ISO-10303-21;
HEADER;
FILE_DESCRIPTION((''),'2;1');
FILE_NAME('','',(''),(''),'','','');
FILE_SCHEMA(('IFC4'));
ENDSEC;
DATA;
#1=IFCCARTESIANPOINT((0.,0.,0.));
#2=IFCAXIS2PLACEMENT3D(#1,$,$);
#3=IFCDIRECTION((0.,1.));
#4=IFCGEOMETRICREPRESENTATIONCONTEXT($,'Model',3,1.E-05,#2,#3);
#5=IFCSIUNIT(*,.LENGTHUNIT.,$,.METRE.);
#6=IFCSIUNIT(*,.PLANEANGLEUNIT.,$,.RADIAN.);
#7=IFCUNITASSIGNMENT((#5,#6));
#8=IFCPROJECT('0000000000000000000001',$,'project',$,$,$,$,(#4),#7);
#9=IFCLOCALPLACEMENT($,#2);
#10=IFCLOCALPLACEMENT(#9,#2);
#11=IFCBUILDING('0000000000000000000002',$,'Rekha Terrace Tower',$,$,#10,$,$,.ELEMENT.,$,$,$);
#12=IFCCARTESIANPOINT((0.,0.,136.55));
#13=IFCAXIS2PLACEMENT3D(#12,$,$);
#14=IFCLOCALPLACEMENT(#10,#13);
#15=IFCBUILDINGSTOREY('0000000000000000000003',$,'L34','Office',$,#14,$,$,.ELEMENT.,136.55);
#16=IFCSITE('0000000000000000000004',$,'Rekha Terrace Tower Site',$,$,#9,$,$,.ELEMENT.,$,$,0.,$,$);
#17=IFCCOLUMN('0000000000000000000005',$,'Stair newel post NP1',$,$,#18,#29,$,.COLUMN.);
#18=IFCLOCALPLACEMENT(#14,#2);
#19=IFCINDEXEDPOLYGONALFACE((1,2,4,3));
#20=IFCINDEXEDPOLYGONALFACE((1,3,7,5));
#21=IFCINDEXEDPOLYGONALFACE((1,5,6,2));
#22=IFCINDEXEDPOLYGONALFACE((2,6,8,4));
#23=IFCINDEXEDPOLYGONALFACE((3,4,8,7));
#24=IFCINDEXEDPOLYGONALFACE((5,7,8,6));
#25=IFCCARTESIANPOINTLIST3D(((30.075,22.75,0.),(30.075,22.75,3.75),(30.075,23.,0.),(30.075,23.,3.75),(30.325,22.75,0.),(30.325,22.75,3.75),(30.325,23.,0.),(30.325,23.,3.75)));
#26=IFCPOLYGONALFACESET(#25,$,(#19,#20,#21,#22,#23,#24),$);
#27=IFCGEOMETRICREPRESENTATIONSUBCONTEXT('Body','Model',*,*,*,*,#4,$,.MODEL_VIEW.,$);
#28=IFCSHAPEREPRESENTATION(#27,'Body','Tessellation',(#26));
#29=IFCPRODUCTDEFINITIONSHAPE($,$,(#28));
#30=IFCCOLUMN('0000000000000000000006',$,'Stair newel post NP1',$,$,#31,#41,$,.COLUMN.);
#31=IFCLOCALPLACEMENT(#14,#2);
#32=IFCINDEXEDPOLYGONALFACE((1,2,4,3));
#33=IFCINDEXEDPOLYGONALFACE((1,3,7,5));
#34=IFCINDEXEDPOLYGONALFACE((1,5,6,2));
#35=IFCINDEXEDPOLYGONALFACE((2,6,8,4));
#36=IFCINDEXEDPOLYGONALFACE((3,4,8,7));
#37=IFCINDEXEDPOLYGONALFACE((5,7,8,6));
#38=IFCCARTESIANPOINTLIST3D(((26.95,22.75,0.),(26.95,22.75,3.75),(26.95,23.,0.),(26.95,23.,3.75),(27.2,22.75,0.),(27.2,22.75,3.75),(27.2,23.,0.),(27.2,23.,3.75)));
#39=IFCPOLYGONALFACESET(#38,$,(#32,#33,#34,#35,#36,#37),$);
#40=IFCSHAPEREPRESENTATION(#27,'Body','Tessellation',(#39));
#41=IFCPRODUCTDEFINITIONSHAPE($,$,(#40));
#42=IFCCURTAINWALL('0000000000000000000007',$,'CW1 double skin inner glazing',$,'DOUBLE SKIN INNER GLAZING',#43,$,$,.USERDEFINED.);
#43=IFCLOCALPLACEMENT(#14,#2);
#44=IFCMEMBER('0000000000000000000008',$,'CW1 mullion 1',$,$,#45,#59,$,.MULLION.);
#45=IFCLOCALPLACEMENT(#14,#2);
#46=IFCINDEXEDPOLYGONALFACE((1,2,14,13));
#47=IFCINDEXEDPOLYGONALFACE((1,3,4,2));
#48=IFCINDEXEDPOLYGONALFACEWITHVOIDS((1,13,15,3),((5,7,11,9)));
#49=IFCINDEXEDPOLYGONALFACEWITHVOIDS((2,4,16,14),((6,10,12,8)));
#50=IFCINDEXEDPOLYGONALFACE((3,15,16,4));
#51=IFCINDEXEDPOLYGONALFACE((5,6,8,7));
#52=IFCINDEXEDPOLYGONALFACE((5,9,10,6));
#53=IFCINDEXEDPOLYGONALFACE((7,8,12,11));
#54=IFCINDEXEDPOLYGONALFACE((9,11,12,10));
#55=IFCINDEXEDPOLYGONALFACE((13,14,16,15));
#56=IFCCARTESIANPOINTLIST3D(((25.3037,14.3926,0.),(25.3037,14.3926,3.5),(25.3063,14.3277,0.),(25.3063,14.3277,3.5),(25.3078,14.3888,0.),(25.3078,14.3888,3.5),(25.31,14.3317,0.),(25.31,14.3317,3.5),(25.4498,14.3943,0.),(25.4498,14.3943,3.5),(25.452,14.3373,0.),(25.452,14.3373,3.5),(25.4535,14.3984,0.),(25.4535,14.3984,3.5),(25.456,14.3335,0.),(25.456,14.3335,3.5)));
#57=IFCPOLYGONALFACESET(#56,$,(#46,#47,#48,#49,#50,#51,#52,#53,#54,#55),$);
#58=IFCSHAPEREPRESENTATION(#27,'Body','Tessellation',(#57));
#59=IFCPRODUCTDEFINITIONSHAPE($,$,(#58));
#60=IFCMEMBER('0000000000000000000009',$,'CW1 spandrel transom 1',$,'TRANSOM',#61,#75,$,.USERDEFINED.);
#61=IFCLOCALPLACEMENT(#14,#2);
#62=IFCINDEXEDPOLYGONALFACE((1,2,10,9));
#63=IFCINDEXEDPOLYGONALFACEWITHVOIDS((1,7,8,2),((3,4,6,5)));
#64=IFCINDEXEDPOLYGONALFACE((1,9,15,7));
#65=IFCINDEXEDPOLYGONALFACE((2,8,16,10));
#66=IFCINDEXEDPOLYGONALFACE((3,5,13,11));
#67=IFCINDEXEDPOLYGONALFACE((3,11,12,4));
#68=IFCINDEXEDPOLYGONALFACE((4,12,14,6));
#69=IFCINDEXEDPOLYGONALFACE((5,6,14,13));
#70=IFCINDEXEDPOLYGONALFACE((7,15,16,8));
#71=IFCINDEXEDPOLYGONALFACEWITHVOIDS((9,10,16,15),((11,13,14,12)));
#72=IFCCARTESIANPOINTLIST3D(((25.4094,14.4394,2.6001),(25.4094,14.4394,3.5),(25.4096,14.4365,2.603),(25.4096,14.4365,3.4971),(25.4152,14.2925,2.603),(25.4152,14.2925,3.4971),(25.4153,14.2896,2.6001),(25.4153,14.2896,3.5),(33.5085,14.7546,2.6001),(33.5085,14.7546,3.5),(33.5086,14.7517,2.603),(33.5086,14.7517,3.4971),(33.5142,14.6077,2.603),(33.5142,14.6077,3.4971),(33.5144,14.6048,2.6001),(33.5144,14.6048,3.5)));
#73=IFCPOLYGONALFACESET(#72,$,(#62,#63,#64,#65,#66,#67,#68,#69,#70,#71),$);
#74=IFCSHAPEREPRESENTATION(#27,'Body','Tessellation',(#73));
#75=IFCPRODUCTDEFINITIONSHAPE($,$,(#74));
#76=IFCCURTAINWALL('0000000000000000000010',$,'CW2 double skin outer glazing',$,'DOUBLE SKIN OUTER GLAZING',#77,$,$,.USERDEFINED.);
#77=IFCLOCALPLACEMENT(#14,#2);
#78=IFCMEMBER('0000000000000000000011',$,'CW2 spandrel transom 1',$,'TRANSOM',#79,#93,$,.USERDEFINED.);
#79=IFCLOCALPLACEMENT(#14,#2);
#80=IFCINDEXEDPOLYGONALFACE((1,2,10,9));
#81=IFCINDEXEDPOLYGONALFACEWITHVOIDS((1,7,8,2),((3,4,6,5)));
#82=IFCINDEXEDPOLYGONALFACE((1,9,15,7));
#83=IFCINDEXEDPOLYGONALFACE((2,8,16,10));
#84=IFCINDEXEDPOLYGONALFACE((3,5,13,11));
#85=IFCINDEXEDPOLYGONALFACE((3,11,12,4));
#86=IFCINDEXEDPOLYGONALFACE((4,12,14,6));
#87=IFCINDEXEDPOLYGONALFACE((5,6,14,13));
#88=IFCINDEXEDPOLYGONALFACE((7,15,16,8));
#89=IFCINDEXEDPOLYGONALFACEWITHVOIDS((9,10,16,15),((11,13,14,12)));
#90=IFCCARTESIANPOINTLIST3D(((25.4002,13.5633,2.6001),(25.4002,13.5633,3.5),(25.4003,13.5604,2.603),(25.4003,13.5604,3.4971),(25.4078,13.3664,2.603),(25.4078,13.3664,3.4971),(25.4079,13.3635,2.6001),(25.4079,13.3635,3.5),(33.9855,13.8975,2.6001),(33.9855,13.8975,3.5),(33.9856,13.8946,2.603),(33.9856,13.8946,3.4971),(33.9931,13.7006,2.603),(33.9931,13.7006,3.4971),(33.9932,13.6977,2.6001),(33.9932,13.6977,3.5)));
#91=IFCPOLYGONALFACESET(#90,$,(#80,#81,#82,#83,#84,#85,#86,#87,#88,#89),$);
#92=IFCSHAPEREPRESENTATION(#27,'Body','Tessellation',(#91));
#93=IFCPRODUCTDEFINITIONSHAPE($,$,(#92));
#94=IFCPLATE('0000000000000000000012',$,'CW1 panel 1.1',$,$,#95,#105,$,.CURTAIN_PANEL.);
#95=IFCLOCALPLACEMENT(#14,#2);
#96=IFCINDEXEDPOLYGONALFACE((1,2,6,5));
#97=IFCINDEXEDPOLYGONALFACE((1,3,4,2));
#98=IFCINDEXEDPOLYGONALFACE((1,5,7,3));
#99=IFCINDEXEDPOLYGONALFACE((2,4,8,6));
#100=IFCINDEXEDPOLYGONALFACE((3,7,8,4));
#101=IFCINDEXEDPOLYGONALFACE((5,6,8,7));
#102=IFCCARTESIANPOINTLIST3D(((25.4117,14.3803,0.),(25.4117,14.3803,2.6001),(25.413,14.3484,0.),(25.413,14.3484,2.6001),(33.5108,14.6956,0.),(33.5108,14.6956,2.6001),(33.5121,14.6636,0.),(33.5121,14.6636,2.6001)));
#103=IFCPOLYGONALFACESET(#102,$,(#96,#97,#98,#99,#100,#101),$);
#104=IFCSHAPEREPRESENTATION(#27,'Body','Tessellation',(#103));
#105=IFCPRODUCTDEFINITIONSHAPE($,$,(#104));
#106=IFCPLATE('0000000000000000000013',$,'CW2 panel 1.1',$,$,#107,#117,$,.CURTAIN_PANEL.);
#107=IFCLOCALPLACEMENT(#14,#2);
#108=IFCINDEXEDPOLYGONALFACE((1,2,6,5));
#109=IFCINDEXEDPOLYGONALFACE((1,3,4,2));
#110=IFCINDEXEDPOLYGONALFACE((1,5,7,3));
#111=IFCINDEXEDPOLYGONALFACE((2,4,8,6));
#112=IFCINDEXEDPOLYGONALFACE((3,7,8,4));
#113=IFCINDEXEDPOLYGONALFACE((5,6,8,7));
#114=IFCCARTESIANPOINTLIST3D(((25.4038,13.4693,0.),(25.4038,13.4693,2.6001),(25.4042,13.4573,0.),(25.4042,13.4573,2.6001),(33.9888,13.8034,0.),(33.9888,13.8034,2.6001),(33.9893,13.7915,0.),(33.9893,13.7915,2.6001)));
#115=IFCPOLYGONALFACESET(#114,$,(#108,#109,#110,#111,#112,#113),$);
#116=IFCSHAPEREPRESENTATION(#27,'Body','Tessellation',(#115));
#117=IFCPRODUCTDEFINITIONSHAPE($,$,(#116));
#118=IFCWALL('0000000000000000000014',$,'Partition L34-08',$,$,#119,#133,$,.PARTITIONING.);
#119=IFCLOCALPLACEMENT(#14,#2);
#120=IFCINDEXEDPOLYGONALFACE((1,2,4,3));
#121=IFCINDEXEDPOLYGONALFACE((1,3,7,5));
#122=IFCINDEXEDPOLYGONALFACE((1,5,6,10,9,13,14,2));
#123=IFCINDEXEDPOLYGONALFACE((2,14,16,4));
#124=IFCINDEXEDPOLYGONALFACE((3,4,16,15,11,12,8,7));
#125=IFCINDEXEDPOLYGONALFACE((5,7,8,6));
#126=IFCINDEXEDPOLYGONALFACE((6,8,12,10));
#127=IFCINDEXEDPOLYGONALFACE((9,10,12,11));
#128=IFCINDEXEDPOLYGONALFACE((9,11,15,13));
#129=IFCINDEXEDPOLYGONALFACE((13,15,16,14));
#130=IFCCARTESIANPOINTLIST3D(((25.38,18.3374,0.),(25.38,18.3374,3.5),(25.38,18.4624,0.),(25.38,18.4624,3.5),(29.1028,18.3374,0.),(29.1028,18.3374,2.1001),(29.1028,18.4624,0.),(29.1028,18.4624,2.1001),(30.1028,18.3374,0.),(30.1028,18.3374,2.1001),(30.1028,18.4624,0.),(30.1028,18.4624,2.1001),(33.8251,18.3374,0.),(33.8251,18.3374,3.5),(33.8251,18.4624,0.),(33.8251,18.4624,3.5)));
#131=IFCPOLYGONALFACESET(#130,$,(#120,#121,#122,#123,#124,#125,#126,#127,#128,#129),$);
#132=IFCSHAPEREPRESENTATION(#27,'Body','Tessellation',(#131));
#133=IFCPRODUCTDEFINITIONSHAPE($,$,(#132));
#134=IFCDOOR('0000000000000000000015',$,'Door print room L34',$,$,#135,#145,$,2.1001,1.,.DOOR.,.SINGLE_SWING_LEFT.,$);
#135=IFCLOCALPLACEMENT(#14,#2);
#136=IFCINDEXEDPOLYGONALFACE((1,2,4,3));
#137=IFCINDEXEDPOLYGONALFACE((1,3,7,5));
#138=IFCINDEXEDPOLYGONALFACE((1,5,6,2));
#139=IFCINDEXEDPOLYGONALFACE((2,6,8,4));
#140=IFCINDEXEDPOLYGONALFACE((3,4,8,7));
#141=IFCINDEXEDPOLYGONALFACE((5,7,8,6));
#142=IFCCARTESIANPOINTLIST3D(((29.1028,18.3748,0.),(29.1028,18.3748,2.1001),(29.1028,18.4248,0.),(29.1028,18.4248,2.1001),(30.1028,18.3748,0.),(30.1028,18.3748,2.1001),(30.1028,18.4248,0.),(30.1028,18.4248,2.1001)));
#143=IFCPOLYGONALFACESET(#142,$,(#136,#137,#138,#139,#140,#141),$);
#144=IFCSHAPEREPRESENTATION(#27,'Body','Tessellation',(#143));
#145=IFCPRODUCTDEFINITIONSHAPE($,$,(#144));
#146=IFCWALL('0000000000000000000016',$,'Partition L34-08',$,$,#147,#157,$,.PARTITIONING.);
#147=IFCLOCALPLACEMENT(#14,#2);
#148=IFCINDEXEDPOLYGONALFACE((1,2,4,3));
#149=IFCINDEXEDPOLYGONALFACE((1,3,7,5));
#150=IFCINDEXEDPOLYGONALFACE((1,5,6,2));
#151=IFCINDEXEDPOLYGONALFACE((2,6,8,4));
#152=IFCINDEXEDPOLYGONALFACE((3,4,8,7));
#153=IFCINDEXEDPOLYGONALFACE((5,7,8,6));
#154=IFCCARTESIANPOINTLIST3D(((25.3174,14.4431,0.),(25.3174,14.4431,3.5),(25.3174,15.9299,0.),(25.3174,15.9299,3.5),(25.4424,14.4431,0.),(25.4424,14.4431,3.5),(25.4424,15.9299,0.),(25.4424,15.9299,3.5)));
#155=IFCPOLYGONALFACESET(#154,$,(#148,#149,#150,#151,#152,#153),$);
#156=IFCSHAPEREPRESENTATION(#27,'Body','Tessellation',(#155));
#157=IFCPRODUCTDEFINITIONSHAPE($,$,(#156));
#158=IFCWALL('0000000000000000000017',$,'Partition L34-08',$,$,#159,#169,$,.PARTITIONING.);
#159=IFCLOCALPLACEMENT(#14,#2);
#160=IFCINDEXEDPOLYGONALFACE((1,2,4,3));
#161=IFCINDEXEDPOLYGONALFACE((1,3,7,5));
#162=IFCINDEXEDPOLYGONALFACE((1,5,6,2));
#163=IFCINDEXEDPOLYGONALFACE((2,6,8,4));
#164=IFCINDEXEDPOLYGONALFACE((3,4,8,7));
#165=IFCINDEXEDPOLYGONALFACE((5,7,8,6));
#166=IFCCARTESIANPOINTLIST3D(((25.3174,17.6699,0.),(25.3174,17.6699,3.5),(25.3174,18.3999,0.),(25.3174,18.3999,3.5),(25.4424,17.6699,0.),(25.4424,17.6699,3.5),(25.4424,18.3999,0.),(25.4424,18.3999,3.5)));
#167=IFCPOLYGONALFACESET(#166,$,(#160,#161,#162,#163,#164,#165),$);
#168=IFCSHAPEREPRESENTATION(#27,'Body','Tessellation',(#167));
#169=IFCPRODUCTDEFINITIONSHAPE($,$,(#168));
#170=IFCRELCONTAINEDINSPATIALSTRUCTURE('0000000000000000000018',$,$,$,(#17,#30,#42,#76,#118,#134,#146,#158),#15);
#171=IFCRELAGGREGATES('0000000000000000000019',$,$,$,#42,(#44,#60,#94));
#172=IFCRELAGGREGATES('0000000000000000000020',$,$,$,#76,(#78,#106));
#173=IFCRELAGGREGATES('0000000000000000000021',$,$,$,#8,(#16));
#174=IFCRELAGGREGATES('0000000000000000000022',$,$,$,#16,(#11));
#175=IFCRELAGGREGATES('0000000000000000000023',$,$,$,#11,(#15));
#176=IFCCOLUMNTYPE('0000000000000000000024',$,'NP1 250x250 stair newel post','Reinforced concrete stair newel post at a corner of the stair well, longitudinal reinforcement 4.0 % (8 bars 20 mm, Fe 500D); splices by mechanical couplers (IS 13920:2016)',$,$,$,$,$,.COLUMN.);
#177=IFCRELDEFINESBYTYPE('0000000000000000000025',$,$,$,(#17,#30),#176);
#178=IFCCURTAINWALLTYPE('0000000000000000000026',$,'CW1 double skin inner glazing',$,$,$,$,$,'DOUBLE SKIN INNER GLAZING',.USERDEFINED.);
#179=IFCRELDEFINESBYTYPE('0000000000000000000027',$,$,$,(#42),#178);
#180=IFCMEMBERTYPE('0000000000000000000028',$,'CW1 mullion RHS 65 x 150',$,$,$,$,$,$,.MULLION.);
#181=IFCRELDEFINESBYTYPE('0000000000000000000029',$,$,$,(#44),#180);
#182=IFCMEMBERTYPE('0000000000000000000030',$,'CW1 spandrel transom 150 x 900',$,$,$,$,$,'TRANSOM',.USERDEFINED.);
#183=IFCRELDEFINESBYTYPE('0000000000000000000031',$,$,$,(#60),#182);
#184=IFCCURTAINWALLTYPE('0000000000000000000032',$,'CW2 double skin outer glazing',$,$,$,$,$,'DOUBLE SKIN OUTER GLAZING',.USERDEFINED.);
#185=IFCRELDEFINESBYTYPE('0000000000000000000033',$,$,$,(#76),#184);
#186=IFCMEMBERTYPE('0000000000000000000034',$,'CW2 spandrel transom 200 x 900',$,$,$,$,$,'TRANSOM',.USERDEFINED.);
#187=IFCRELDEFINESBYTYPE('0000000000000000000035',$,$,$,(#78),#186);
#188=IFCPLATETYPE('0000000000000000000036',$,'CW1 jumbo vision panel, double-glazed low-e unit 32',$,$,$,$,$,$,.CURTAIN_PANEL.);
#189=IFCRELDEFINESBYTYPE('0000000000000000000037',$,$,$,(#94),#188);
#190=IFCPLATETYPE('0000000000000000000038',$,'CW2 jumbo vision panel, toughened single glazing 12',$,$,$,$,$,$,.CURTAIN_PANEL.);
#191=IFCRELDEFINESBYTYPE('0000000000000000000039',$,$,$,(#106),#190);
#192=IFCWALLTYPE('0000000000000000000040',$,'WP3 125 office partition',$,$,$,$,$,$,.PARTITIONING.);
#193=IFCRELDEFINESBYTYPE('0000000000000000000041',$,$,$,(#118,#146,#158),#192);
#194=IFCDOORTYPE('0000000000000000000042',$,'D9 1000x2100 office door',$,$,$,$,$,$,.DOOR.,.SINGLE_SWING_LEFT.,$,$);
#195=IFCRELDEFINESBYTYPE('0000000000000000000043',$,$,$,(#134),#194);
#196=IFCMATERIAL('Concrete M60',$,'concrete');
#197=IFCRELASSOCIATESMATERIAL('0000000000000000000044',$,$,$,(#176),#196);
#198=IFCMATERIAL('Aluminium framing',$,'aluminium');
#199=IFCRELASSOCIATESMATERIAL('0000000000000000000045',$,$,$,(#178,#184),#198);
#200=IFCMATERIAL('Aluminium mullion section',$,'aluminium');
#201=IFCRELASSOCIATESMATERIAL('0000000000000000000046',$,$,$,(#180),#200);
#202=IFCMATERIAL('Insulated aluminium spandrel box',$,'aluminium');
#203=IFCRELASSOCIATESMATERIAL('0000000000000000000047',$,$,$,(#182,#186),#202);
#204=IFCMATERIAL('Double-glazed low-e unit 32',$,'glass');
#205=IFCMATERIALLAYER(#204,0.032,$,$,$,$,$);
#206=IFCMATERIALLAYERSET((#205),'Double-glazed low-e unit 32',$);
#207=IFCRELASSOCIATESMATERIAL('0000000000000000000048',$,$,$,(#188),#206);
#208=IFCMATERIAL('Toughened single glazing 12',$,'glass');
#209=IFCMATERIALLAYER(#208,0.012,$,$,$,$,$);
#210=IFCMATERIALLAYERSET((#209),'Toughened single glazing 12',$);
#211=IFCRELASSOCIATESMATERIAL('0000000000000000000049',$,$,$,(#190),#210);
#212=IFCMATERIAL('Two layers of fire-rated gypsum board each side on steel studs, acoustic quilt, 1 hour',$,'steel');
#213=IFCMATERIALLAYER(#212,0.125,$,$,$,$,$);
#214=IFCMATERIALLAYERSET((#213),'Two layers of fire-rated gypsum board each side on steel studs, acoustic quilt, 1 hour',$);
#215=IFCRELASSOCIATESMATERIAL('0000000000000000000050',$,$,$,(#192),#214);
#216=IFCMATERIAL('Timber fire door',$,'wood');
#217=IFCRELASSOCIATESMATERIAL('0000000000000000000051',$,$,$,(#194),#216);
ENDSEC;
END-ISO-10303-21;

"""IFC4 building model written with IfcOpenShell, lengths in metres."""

from ifc_helpers import new_model, si_unit, direction, frame, frame_2d, origin, origin_2d, place, context, subcontext, project, spatial, rectangle, hollow_rectangle, extrude, material, layer, layer_set, material_profile, profile_set, type_object, element, fill, aggregate, save


model = new_model("IFC4")

# Units and contexts
model_context = context("Model", 3, precision=1e-05, world=origin(), true_north=direction((0.0, 1.0)))
body_context = subcontext(model_context, "Body", "Model", "MODEL_VIEW")
ifc_project = project(units=[si_unit("LENGTHUNIT", "METRE"), si_unit("PLANEANGLEUNIT", "RADIAN")], contexts=[model_context])

# Site, building, storey
site_placement = place(None, origin())
site = spatial("IfcSite", under=ifc_project, at=site_placement, Name="Rekha Terrace Tower Site", CompositionType="ELEMENT", RefElevation=0.0)
building_placement = place(site_placement, origin())
building = spatial("IfcBuilding", under=site, at=building_placement, Name="Rekha Terrace Tower", CompositionType="ELEMENT")
storey_placement = place(building_placement, frame((0.0, 0.0, 136.55)))
storey = spatial("IfcBuildingStorey", under=building, at=storey_placement, Name="L34", Description="Office", CompositionType="ELEMENT", Elevation=136.55)

# Columns
ifc_material_1 = material(Name="Concrete M60", Category="concrete")
ifc_material_profile_1 = material_profile(ifc_material_1, rectangle(XDim=0.25, YDim=0.25, at=origin_2d()), Name="RC 250x250")
ifc_profile_set_1 = profile_set([ifc_material_profile_1], Name="Concrete M60")
column_type = type_object("IfcColumnType", Name="NP1 250x250 stair newel post", Description="Reinforced concrete stair newel post at a corner of the stair well, longitudinal reinforcement 4.0 % (8 bars 20 mm, Fe 500D); splices by mechanical couplers (IS 13920:2016)", PredefinedType="COLUMN", material=ifc_profile_set_1)
for number, where, z_axis, x_axis, name in (
    (1, (30.2, 22.875, 0.0), (0.0, 0.0, 1.0), (1.0, 0.0, 0.0), "Stair newel post NP1"),
    (2, (27.075, 22.875, 0.0), (0.0, 0.0, 1.0), (1.0, 0.0, 0.0), "Stair newel post NP1"),
):
    element("IfcColumn", number, at=place(storey_placement, frame(where, z_axis=z_axis, x_axis=x_axis)), inside=storey, type_object=column_type, Name=name, PredefinedType="COLUMN", context=body_context, shape_type="SweptSolid", body=[
        extrude(rectangle(XDim=0.25, YDim=0.25, at=origin_2d()), origin(), (0.0, 0.0, 1.0), 3.75),
    ])

# Curtain wall, members
ifc_material_2 = material(Name="Aluminium framing", Category="aluminium")
curtain_wall_type_1 = type_object("IfcCurtainWallType", Name="CW1 double skin inner glazing", ElementType="DOUBLE SKIN INNER GLAZING", PredefinedType="USERDEFINED", material=ifc_material_2)
curtain_wall_1_placement = place(storey_placement, origin())
curtain_wall_1 = element("IfcCurtainWall", 3, at=curtain_wall_1_placement, inside=storey, type_object=curtain_wall_type_1, Name="CW1 double skin inner glazing", ObjectType="DOUBLE SKIN INNER GLAZING", PredefinedType="USERDEFINED")
ifc_material_3 = material(Name="Aluminium mullion section", Category="aluminium")
ifc_material_profile_2 = material_profile(ifc_material_3, hollow_rectangle(XDim=0.0649, YDim=0.1499, WallThickness=0.0039, at=origin_2d()), Name="AL RHS 65x150")
ifc_profile_set_2 = profile_set([ifc_material_profile_2], Name="Aluminium mullion section")
member_type_1 = type_object("IfcMemberType", Name="CW1 mullion RHS 65 x 150", PredefinedType="MULLION", material=ifc_profile_set_2)
member_1_placement = place(storey_placement, frame((25.3799, 14.363, 0.0), z_axis=(0.0, 0.0, 1.0), x_axis=(-0.03889, 0.999243, 0.0)))
member_1 = element("IfcMember", 4, at=member_1_placement, type_object=member_type_1, Name="CW1 mullion 1", PredefinedType="MULLION", context=body_context, shape_type="SweptSolid", body=[
    extrude(hollow_rectangle(XDim=0.0649, YDim=0.1499, WallThickness=0.0039, at=origin_2d()), origin(), (0.0, 0.0, 1.0), 3.5),
])
ifc_material_4 = material(Name="Insulated aluminium spandrel box", Category="aluminium")
ifc_material_profile_3 = material_profile(ifc_material_4, hollow_rectangle(XDim=0.1499, YDim=0.8999, WallThickness=0.0029, at=origin_2d()), Name="AL SPANDREL BOX 150x900")
ifc_profile_set_3 = profile_set([ifc_material_profile_3], Name="Insulated aluminium spandrel box")
member_type_2 = type_object("IfcMemberType", Name="CW1 spandrel transom 150 x 900", ElementType="TRANSOM", PredefinedType="USERDEFINED", material=ifc_profile_set_3)
member_2_placement = place(storey_placement, frame((25.4124, 14.3645, 3.05), z_axis=(0.999244, 0.038887, 0.0), x_axis=(-0.038887, 0.999244, 0.0)))
member_2 = element("IfcMember", 5, at=member_2_placement, type_object=member_type_2, Name="CW1 spandrel transom 1", ObjectType="TRANSOM", PredefinedType="USERDEFINED", context=body_context, shape_type="SweptSolid", body=[
    extrude(hollow_rectangle(XDim=0.1499, YDim=0.8999, WallThickness=0.0029, at=origin_2d()), origin(), (0.0, 0.0, 1.0), 8.1052),
])

# Curtain wall, member
curtain_wall_type_2 = type_object("IfcCurtainWallType", Name="CW2 double skin outer glazing", ElementType="DOUBLE SKIN OUTER GLAZING", PredefinedType="USERDEFINED", material=ifc_material_2)
curtain_wall_2_placement = place(storey_placement, origin())
curtain_wall_2 = element("IfcCurtainWall", 6, at=curtain_wall_2_placement, inside=storey, type_object=curtain_wall_type_2, Name="CW2 double skin outer glazing", ObjectType="DOUBLE SKIN OUTER GLAZING", PredefinedType="USERDEFINED")
ifc_material_profile_4 = material_profile(ifc_material_4, hollow_rectangle(XDim=0.2, YDim=0.8999, WallThickness=0.0029, at=origin_2d()), Name="AL SPANDREL BOX 200x900")
ifc_profile_set_4 = profile_set([ifc_material_profile_4], Name="Insulated aluminium spandrel box")
member_type_3 = type_object("IfcMemberType", Name="CW2 spandrel transom 200 x 900", ElementType="TRANSOM", PredefinedType="USERDEFINED", material=ifc_profile_set_4)
member_3_placement = place(storey_placement, frame((25.4041, 13.4634, 3.05), z_axis=(0.999243, 0.038901, 0.0), x_axis=(-0.038901, 0.999243, 0.0)))
member_3 = element("IfcMember", 7, at=member_3_placement, type_object=member_type_3, Name="CW2 spandrel transom 1", ObjectType="TRANSOM", PredefinedType="USERDEFINED", context=body_context, shape_type="SweptSolid", body=[
    extrude(hollow_rectangle(XDim=0.2, YDim=0.8999, WallThickness=0.0029, at=origin_2d()), origin(), (0.0, 0.0, 1.0), 8.5918),
])

# Plates
ifc_material_5 = material(Name="Double-glazed low-e unit 32", Category="glass")
ifc_layer_1 = layer(ifc_material_5, 0.032)
ifc_layer_set_1 = layer_set([ifc_layer_1], Name="Double-glazed low-e unit 32")
plate_type_1 = type_object("IfcPlateType", Name="CW1 jumbo vision panel, double-glazed low-e unit 32", PredefinedType="CURTAIN_PANEL", material=ifc_layer_set_1)
plate_1_placement = place(storey_placement, frame((29.4619, 14.522, 0.0), z_axis=(0.0, 0.0, 1.0), x_axis=(0.999243, 0.03889, 0.0)))
plate_1 = element("IfcPlate", 8, at=plate_1_placement, type_object=plate_type_1, Name="CW1 panel 1.1", PredefinedType="CURTAIN_PANEL", context=body_context, shape_type="SweptSolid", body=[
    extrude(rectangle(XDim=8.1052, YDim=0.032, at=origin_2d()), origin(), (0.0, 0.0, 1.0), 2.6001),
])
aggregate(curtain_wall_1, [member_1, member_2, plate_1])
ifc_material_6 = material(Name="Toughened single glazing 12", Category="glass")
ifc_layer_2 = layer(ifc_material_6, 0.012)
ifc_layer_set_2 = layer_set([ifc_layer_2], Name="Toughened single glazing 12")
plate_type_2 = type_object("IfcPlateType", Name="CW2 jumbo vision panel, toughened single glazing 12", PredefinedType="CURTAIN_PANEL", material=ifc_layer_set_2)
plate_2_placement = place(storey_placement, frame((29.6965, 13.6304, 0.0), z_axis=(0.0, 0.0, 1.0), x_axis=(0.999243, 0.03889, 0.0)))
plate_2 = element("IfcPlate", 9, at=plate_2_placement, type_object=plate_type_2, Name="CW2 panel 1.1", PredefinedType="CURTAIN_PANEL", context=body_context, shape_type="SweptSolid", body=[
    extrude(rectangle(XDim=8.5916, YDim=0.012, at=origin_2d()), origin(), (0.0, 0.0, 1.0), 2.6001),
])
aggregate(curtain_wall_2, [member_3, plate_2])

# Wall, opening, door
ifc_material_7 = material(Name="Two layers of fire-rated gypsum board each side on steel studs, acoustic quilt, 1 hour", Category="steel")
ifc_layer_3 = layer(ifc_material_7, 0.125)
ifc_layer_set_3 = layer_set([ifc_layer_3], Name="Two layers of fire-rated gypsum board each side on steel studs, acoustic quilt, 1 hour")
wall_type = type_object("IfcWallType", Name="WP3 125 office partition", PredefinedType="PARTITIONING", material=ifc_layer_set_3)
wall_1_placement = place(storey_placement, frame((25.3799, 18.3999, 0.0), z_axis=(0.0, 0.0, 1.0), x_axis=(1.0, 0.0, 0.0)))
wall_1 = element("IfcWall", 10, at=wall_1_placement, inside=storey, type_object=wall_type, Name="Partition L34-08", PredefinedType="PARTITIONING", context=body_context, shape_type="SweptSolid", body=[
    extrude(rectangle(XDim=8.4451, YDim=0.125, at=frame_2d((4.2227, 0.0))), origin(), (0.0, 0.0, 1.0), 3.5),
])
opening_placement = place(wall_1_placement, frame((3.7229, 0.0, 0.0)))
opening = element("IfcOpeningElement", 11, at=opening_placement, cuts=wall_1, PredefinedType="OPENING", context=body_context, shape_type="SweptSolid", body=[
    extrude(rectangle(XDim=1.0, YDim=2.1001, at=frame_2d((0.5, 1.05))), frame((0.0, 0.0725, 0.0), z_axis=(0.0, -1.0, 0.0), x_axis=(1.0, 0.0, 0.0)), (0.0, 0.0, 1.0), 0.145),
])
ifc_material_8 = material(Name="Timber fire door", Category="wood")
door_type = type_object("IfcDoorType", Name="D9 1000x2100 office door", OperationType="SINGLE_SWING_LEFT", PredefinedType="DOOR", material=ifc_material_8)
door_placement = place(opening_placement, origin())
door = element("IfcDoor", 12, at=door_placement, inside=storey, type_object=door_type, Name="Door print room L34", OperationType="SINGLE_SWING_LEFT", OverallHeight=2.1001, OverallWidth=1.0, PredefinedType="DOOR", context=body_context, shape_type="SweptSolid", body=[
    extrude(rectangle(XDim=1.0, YDim=2.1001, at=frame_2d((0.5, 1.05))), frame((0.0, 0.0249, 0.0), z_axis=(0.0, -1.0, 0.0), x_axis=(1.0, 0.0, 0.0)), (0.0, 0.0, 1.0), 0.05),
])
fill(opening, door)

# Walls
wall_2_placement = place(storey_placement, frame((25.3799, 14.4431, 0.0), z_axis=(0.0, 0.0, 1.0), x_axis=(0.0, 1.0, 0.0)))
element("IfcWall", 13, at=wall_2_placement, inside=storey, type_object=wall_type, Name="Partition L34-08", PredefinedType="PARTITIONING", context=body_context, shape_type="SweptSolid", body=[
    extrude(rectangle(XDim=1.4868, YDim=0.125, at=frame_2d((0.7434, 0.0))), origin(), (0.0, 0.0, 1.0), 3.5),
])
wall_3_placement = place(storey_placement, frame((25.3799, 17.6699, 0.0), z_axis=(0.0, 0.0, 1.0), x_axis=(0.0, 1.0, 0.0)))
element("IfcWall", 14, at=wall_3_placement, inside=storey, type_object=wall_type, Name="Partition L34-08", PredefinedType="PARTITIONING", context=body_context, shape_type="SweptSolid", body=[
    extrude(rectangle(XDim=0.73, YDim=0.125, at=frame_2d((0.365, 0.0))), origin(), (0.0, 0.0, 1.0), 3.5),
])

save(model, "model.ifc")
